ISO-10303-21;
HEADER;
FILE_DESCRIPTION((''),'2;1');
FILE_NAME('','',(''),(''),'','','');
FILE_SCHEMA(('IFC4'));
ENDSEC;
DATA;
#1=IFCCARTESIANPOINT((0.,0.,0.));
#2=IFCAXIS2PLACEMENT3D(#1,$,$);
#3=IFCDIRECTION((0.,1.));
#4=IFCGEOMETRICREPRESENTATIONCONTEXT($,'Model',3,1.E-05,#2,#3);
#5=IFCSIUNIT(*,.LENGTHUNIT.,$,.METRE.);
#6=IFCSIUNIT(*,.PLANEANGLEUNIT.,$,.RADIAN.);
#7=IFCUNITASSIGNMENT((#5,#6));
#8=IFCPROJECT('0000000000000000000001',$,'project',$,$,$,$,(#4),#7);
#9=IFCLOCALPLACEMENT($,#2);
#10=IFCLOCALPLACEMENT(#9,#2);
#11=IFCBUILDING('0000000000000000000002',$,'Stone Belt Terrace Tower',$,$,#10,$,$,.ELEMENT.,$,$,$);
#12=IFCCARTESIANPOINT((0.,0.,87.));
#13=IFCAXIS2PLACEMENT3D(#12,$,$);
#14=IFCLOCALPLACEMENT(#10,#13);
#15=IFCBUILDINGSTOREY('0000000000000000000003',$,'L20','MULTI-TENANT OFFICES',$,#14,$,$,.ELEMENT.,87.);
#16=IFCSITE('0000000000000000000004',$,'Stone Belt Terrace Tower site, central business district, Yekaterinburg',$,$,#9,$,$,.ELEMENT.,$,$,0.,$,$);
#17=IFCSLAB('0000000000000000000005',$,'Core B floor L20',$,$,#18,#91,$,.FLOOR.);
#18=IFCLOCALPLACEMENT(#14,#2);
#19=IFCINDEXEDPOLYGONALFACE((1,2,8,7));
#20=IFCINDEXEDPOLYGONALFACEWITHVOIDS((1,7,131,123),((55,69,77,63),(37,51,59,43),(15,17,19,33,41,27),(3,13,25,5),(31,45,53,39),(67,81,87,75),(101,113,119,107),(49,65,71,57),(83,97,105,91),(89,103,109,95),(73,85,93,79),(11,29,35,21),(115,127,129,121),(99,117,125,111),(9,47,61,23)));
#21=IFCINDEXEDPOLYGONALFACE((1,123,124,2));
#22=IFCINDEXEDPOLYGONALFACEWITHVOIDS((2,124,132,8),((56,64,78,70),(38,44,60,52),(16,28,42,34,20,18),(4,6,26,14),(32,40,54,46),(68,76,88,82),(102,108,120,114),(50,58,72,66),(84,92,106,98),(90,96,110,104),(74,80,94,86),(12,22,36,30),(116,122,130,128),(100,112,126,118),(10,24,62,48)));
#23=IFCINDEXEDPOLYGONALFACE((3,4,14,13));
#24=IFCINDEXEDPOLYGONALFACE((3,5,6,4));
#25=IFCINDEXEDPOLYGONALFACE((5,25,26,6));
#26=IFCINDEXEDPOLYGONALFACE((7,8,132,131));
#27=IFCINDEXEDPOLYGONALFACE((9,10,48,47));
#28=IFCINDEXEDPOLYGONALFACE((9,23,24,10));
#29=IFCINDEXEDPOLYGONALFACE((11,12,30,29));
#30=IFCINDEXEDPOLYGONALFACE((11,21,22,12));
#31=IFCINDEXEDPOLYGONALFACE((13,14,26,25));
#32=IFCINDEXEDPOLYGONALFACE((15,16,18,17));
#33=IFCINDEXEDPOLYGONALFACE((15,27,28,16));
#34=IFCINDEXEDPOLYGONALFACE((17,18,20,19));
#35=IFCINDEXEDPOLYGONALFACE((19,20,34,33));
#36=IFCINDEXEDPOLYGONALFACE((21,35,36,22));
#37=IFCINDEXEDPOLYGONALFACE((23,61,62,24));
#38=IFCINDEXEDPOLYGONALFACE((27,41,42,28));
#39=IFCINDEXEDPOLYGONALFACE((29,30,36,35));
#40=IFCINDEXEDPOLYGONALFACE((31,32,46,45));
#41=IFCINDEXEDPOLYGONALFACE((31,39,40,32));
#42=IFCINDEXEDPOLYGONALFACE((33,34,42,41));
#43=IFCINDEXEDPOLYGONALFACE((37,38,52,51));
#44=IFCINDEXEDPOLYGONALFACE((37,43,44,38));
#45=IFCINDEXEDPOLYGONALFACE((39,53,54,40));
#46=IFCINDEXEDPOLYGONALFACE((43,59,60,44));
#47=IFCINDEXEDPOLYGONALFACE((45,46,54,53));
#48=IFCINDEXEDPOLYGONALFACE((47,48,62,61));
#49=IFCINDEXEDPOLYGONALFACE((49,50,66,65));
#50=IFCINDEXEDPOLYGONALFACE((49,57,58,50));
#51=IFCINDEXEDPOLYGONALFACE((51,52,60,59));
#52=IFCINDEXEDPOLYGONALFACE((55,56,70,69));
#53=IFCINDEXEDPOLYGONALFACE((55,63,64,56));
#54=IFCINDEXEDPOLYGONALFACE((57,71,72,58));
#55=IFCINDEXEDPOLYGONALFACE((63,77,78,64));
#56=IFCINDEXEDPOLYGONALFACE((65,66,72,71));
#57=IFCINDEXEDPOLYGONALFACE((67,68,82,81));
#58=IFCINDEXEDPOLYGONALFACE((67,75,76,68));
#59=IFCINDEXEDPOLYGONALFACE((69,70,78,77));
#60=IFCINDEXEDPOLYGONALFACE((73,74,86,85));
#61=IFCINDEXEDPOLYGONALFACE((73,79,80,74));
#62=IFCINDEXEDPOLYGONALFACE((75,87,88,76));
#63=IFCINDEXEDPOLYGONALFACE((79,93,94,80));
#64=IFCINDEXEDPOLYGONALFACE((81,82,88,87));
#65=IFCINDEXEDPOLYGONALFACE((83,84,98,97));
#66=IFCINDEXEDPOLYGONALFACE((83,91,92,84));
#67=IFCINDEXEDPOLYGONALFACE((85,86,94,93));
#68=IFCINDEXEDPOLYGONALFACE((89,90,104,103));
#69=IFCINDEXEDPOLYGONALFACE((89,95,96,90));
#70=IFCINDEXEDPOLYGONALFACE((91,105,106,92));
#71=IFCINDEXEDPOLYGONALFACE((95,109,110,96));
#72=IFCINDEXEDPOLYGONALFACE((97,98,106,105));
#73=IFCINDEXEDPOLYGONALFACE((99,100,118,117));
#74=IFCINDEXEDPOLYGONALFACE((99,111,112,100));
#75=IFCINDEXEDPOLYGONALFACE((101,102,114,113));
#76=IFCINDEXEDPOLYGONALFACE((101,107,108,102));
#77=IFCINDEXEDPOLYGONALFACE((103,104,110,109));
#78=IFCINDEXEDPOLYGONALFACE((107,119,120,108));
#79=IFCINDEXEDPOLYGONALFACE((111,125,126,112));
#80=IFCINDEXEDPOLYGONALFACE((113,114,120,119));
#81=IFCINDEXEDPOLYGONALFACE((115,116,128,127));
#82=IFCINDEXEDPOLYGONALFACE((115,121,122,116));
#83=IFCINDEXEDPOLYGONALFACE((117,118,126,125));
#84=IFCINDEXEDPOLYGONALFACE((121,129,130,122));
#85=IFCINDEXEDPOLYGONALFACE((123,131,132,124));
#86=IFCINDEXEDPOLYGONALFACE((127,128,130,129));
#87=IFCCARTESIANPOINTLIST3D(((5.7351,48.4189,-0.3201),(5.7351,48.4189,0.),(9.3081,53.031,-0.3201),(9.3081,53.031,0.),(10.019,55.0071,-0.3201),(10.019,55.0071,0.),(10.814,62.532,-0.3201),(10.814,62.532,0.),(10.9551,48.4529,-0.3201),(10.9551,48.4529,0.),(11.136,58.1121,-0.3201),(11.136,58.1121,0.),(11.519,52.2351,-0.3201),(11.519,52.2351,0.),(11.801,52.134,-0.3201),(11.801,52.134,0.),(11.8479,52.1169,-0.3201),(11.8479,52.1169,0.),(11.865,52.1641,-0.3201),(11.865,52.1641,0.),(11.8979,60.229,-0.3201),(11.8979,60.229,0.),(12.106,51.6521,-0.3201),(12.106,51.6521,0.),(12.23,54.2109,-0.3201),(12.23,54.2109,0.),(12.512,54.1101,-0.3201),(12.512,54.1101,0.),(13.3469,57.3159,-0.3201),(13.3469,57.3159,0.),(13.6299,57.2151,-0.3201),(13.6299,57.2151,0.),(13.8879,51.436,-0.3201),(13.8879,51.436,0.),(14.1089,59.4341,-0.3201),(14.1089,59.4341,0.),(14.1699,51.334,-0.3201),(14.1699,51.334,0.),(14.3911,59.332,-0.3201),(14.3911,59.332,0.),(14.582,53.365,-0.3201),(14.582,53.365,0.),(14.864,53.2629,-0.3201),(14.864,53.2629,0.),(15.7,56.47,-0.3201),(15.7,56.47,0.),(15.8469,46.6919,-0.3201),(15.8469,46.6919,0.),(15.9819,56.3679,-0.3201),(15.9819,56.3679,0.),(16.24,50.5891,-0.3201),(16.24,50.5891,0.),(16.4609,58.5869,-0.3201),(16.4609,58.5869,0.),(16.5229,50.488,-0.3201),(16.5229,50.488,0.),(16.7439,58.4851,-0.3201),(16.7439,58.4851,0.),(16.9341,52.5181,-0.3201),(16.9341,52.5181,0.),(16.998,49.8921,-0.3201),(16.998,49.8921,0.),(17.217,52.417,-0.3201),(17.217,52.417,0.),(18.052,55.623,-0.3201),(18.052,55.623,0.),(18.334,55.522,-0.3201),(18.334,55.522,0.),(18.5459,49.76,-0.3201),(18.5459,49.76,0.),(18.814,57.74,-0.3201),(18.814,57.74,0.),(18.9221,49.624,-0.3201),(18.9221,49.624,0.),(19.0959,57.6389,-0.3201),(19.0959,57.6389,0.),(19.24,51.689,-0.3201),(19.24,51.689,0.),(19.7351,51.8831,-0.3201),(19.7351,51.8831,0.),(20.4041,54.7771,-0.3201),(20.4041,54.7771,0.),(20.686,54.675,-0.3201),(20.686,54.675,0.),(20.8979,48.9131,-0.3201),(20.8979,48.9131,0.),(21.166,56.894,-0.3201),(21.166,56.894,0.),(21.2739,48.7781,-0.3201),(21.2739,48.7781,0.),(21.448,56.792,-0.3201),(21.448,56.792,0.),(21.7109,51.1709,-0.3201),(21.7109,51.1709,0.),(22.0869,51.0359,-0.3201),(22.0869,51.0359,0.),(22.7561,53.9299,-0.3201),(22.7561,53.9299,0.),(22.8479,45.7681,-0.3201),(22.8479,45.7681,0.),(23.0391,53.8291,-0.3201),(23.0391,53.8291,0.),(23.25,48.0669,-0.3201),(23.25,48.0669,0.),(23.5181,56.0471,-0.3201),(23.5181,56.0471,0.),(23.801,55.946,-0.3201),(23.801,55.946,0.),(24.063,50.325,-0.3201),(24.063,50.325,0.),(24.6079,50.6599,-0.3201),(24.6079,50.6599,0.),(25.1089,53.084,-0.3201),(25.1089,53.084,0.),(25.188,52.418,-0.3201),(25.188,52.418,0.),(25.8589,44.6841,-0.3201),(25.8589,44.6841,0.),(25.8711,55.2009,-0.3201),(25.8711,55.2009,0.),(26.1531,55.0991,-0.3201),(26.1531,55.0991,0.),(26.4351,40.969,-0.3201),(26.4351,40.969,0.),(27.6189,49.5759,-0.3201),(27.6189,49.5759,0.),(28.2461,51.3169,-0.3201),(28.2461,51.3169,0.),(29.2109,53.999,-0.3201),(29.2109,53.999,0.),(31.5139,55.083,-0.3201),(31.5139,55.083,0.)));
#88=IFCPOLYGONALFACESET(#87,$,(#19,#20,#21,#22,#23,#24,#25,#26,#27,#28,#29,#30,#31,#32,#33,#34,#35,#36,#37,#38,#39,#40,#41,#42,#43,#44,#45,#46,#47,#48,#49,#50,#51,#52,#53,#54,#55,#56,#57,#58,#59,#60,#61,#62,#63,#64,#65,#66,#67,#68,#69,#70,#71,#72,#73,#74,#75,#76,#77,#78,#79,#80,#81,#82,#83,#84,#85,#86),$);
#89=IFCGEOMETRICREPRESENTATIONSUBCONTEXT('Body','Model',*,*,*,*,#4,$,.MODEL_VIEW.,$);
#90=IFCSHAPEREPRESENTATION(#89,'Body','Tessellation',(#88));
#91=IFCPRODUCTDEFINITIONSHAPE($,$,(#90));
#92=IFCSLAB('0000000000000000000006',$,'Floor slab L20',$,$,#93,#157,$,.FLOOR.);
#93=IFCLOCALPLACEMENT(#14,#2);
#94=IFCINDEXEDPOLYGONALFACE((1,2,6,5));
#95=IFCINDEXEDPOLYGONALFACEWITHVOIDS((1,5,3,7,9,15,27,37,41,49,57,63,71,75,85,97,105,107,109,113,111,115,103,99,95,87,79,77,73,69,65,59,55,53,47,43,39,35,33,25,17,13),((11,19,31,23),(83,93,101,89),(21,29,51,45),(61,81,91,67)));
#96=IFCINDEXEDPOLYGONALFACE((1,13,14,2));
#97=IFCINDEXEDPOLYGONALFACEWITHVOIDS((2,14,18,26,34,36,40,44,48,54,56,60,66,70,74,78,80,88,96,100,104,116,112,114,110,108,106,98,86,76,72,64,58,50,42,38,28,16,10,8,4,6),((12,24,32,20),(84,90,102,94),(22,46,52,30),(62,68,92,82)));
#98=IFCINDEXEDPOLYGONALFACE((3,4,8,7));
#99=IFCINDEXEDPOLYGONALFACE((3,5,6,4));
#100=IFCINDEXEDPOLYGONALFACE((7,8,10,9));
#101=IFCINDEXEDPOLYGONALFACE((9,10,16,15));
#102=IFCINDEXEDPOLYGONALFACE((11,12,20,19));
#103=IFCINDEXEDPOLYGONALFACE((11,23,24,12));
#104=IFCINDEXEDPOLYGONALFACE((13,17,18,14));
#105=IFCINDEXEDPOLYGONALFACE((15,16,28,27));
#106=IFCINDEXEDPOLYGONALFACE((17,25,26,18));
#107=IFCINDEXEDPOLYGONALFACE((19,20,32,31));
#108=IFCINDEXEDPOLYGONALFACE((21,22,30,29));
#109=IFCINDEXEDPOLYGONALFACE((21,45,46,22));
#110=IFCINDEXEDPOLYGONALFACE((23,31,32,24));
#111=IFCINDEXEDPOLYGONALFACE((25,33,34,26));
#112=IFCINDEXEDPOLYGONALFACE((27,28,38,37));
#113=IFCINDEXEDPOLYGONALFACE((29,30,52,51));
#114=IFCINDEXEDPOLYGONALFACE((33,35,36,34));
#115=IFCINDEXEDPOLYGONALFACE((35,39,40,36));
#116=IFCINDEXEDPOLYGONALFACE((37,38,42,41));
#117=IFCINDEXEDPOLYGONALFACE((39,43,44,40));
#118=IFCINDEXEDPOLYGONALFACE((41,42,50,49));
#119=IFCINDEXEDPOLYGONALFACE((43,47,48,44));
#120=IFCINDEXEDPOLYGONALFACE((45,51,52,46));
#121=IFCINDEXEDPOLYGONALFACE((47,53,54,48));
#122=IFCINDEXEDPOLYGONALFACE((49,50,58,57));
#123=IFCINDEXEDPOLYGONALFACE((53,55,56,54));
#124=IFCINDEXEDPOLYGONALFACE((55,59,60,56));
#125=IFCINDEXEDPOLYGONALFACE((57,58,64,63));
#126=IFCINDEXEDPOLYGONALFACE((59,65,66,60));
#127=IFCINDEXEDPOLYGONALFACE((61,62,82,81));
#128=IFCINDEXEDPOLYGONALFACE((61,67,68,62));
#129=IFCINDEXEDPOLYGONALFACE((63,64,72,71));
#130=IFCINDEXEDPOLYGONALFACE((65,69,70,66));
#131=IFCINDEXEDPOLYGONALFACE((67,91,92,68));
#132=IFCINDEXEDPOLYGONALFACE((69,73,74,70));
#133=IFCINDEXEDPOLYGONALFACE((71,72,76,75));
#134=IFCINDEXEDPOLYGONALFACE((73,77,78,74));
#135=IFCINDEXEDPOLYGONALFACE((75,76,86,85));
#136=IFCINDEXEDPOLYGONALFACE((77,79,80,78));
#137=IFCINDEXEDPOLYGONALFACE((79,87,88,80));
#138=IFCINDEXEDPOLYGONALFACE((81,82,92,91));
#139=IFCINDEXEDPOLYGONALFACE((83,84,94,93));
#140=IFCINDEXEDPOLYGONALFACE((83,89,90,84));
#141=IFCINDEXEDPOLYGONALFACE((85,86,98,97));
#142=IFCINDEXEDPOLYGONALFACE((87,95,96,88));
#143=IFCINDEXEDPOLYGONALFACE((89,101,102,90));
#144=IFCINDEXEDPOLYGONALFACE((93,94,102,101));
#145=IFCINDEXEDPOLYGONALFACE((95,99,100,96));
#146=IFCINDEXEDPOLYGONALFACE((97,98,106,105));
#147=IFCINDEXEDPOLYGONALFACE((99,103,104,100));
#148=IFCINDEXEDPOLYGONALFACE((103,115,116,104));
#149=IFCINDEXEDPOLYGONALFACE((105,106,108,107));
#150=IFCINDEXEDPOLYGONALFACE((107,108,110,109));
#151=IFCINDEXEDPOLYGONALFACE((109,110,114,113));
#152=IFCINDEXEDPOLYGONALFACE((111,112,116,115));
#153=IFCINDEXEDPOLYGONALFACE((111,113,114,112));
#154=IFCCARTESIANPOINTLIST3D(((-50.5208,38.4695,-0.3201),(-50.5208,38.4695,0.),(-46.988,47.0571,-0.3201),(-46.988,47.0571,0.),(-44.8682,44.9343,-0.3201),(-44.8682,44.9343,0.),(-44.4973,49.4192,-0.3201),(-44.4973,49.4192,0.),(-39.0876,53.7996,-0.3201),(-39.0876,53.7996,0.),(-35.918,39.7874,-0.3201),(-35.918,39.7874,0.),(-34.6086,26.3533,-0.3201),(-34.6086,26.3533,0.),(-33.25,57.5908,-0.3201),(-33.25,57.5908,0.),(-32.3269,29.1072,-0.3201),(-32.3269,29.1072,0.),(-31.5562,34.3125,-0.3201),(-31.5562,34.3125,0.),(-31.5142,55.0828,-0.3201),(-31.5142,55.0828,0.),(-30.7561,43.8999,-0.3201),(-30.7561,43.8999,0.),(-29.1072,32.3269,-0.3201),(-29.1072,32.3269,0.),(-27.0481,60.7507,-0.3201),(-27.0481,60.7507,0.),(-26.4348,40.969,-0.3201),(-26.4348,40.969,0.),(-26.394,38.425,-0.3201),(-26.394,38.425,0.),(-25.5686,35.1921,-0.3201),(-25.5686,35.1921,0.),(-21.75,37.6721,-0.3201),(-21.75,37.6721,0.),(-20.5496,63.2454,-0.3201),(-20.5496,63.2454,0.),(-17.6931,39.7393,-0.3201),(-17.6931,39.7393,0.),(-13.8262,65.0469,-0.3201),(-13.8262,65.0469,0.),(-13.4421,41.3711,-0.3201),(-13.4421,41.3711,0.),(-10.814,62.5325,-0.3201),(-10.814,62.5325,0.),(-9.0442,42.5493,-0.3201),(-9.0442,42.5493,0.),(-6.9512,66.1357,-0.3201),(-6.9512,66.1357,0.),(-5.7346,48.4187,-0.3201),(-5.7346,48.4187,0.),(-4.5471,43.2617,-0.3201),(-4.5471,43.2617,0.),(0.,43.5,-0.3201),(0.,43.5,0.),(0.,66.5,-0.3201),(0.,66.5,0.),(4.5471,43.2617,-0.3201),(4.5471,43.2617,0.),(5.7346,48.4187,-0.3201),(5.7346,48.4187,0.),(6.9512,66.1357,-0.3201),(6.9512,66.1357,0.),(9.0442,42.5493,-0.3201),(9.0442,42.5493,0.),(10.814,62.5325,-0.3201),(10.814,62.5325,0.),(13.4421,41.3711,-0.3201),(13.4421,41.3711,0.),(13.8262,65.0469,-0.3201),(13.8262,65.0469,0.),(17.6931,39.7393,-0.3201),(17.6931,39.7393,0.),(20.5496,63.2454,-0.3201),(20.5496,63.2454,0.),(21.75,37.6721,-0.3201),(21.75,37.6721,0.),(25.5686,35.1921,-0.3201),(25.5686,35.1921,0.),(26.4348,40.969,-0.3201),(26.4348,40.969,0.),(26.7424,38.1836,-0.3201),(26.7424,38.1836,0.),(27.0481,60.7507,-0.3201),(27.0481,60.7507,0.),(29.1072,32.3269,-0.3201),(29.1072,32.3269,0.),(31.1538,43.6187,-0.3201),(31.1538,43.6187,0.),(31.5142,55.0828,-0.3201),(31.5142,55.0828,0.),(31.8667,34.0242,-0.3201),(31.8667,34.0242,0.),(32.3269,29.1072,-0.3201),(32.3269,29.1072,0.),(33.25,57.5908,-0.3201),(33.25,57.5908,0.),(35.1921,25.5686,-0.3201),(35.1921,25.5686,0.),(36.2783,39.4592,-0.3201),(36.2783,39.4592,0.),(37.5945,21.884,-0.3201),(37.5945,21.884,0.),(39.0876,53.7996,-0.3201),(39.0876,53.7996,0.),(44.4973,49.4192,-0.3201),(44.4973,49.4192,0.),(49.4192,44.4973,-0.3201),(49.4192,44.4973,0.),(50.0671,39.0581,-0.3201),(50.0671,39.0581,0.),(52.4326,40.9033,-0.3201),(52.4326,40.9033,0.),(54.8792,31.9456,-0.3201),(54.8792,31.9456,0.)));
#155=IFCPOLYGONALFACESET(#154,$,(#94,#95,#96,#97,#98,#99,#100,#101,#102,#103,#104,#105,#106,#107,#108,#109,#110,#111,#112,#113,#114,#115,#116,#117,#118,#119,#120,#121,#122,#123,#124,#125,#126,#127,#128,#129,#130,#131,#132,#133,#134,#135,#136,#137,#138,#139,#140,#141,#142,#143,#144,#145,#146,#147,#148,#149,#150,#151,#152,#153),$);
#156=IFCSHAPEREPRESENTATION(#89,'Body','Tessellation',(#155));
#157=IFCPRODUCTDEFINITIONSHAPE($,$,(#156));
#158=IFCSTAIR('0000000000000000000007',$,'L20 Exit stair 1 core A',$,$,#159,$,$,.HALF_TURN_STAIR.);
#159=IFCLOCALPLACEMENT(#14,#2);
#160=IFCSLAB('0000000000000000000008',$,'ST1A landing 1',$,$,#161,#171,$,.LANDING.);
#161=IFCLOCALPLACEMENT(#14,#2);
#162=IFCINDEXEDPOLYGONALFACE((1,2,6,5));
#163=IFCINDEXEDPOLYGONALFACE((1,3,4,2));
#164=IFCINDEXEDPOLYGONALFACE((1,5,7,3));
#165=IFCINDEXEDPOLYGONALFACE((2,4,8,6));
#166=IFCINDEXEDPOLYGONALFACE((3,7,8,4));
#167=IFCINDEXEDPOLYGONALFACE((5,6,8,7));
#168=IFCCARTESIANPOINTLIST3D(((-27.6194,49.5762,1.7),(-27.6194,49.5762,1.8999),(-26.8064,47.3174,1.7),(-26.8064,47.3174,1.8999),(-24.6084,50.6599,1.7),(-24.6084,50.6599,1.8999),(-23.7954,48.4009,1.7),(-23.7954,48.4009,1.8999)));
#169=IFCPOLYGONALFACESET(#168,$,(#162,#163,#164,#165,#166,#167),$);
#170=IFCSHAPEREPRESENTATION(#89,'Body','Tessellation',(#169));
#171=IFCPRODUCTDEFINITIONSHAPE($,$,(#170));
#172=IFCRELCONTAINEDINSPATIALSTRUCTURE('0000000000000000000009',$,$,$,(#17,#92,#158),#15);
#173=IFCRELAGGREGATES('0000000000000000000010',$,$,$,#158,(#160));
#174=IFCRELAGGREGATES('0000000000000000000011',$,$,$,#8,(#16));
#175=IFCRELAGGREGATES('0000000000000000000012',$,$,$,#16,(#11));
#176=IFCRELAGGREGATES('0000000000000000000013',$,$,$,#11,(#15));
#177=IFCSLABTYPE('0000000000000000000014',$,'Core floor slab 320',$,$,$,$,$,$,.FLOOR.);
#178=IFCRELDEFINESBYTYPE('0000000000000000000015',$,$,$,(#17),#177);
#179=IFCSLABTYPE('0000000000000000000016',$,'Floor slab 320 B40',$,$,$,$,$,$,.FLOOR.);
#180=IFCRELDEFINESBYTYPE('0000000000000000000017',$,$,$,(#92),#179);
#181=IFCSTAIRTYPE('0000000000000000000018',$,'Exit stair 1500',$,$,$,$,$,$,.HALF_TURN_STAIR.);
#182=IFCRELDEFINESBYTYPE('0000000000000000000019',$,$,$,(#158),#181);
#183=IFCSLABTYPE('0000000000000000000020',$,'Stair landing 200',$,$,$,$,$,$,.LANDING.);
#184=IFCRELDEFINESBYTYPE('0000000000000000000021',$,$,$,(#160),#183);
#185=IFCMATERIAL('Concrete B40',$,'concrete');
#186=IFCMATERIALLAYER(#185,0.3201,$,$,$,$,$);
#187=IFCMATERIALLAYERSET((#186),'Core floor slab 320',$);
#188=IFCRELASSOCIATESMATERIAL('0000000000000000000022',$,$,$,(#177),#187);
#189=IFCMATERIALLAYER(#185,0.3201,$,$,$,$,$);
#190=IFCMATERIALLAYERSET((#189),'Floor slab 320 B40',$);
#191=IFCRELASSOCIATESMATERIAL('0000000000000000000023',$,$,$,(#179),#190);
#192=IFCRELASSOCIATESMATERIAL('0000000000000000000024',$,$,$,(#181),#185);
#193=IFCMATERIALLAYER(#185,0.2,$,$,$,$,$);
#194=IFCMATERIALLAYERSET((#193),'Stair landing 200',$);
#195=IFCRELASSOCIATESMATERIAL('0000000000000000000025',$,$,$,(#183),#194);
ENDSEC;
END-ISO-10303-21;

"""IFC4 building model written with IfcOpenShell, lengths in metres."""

from ifc_helpers import new_model, si_unit, direction, frame, origin, place, context, subcontext, project, spatial, polyline, outline, extrude, material, layer, layer_set, type_object, element, aggregate, save


model = new_model("IFC4")

# Units and contexts
model_context = context("Model", 3, precision=1e-05, world=origin(), true_north=direction((0.0, 1.0)))
body_context = subcontext(model_context, "Body", "Model", "MODEL_VIEW")
ifc_project = project(units=[si_unit("LENGTHUNIT", "METRE"), si_unit("PLANEANGLEUNIT", "RADIAN")], contexts=[model_context])

# Site, building, storey
site_placement = place(None, origin())
site = spatial("IfcSite", under=ifc_project, at=site_placement, Name="Stone Belt Terrace Tower site, central business district, Yekaterinburg", CompositionType="ELEMENT", RefElevation=0.0)
building_placement = place(site_placement, origin())
building = spatial("IfcBuilding", under=site, at=building_placement, Name="Stone Belt Terrace Tower", CompositionType="ELEMENT")
storey_placement = place(building_placement, frame((0.0, 0.0, 87.0)))
storey = spatial("IfcBuildingStorey", under=building, at=storey_placement, Name="L20", Description="MULTI-TENANT OFFICES", CompositionType="ELEMENT", Elevation=87.0)

# Slabs
ifc_material_1 = material(Name="Concrete B40", Category="concrete")
ifc_layer_1 = layer(ifc_material_1, 0.3201)
ifc_layer_set_1 = layer_set([ifc_layer_1], Name="Core floor slab 320")
slab_type_1 = type_object("IfcSlabType", Name="Core floor slab 320", PredefinedType="FLOOR", material=ifc_layer_set_1)
slab_1_placement = place(storey_placement, frame((0.0, 0.0, -0.3201)))
element("IfcSlab", 1, at=slab_1_placement, inside=storey, type_object=slab_type_1, Name="Core B floor L20", PredefinedType="FLOOR", context=body_context, shape_type="SweptSolid", body=[
    extrude(outline(polyline([(26.4351, 40.969), (31.5139, 55.083), (10.814, 62.532), (5.7351, 48.4189), (26.4351, 40.969)]), holes=[polyline([(12.106, 51.6521), (16.998, 49.8921), (15.8469, 46.6919), (10.9551, 48.4529), (12.106, 51.6521)]), polyline([(19.24, 51.689), (18.5459, 49.76), (16.5229, 50.488), (17.217, 52.417), (19.24, 51.689)]), polyline([(16.24, 50.5891), (14.1699, 51.334), (14.864, 53.2629), (16.9341, 52.5181), (16.24, 50.5891)]), polyline([(14.582, 53.365), (13.8879, 51.436), (11.865, 52.1641), (11.8479, 52.1169), (11.801, 52.134), (12.512, 54.1101), (14.582, 53.365)]), polyline([(9.3081, 53.031), (10.019, 55.0071), (12.23, 54.2109), (11.519, 52.2351), (9.3081, 53.031)]), polyline([(16.7439, 58.4851), (18.814, 57.74), (18.052, 55.623), (15.9819, 56.3679), (16.7439, 58.4851)]), polyline([(14.3911, 59.332), (16.4609, 58.5869), (15.7, 56.47), (13.6299, 57.2151), (14.3911, 59.332)]), polyline([(11.8979, 60.229), (14.1089, 59.4341), (13.3469, 57.3159), (11.136, 58.1121), (11.8979, 60.229)]), polyline([(25.8589, 44.6841), (22.8479, 45.7681), (24.6079, 50.6599), (27.6189, 49.5759), (25.8589, 44.6841)]), polyline([(21.2739, 48.7781), (22.0869, 51.0359), (24.063, 50.325), (23.25, 48.0669), (21.2739, 48.7781)]), polyline([(18.9221, 49.624), (19.7351, 51.8831), (21.7109, 51.1709), (20.8979, 48.9131), (18.9221, 49.624)]), polyline([(29.2109, 53.999), (28.2461, 51.3169), (25.188, 52.418), (26.1531, 55.0991), (29.2109, 53.999)]), polyline([(23.801, 55.946), (25.8711, 55.2009), (25.1089, 53.084), (23.0391, 53.8291), (23.801, 55.946)]), polyline([(21.448, 56.792), (23.5181, 56.0471), (22.7561, 53.9299), (20.686, 54.675), (21.448, 56.792)]), polyline([(19.0959, 57.6389), (21.166, 56.894), (20.4041, 54.7771), (18.334, 55.522), (19.0959, 57.6389)])]), origin(), (0.0, 0.0, 1.0), 0.3201),
])
ifc_layer_2 = layer(ifc_material_1, 0.3201)
ifc_layer_set_2 = layer_set([ifc_layer_2], Name="Floor slab 320 B40")
slab_type_2 = type_object("IfcSlabType", Name="Floor slab 320 B40", PredefinedType="FLOOR", material=ifc_layer_set_2)
slab_2_placement = place(storey_placement, frame((0.0, 0.0, -0.3201)))
element("IfcSlab", 2, at=slab_2_placement, inside=storey, type_object=slab_type_2, Name="Floor slab L20", PredefinedType="FLOOR", context=body_context, shape_type="SweptSolid", body=[
    extrude(outline(polyline([(-44.4973, 49.4192), (-39.0876, 53.7996), (-33.25, 57.5908), (-27.0481, 60.7507), (-20.5496, 63.2454), (-13.8262, 65.0469), (-6.9512, 66.1357), (0.0, 66.5), (6.9512, 66.1357), (13.8262, 65.0469), (20.5496, 63.2454), (27.0481, 60.7507), (33.25, 57.5908), (39.0876, 53.7996), (44.4973, 49.4192), (49.4192, 44.4973), (52.4326, 40.9033), (50.0671, 39.0581), (54.8792, 31.9456), (37.5945, 21.884), (35.1921, 25.5686), (32.3269, 29.1072), (29.1072, 32.3269), (25.5686, 35.1921), (21.75, 37.6721), (17.6931, 39.7393), (13.4421, 41.3711), (9.0442, 42.5493), (4.5471, 43.2617), (0.0, 43.5), (-4.5471, 43.2617), (-9.0442, 42.5493), (-13.4421, 41.3711), (-17.6931, 39.7393), (-21.75, 37.6721), (-25.5686, 35.1921), (-29.1072, 32.3269), (-32.3269, 29.1072), (-34.6086, 26.3533), (-50.5208, 38.4695), (-44.8682, 44.9343), (-46.988, 47.0571), (-44.4973, 49.4192)]), holes=[polyline([(-26.4348, 40.969), (-5.7346, 48.4187), (-10.814, 62.5325), (-31.5142, 55.0828), (-26.4348, 40.969)]), polyline([(10.814, 62.5325), (5.7346, 48.4187), (26.4348, 40.969), (31.5142, 55.0828), (10.814, 62.5325)]), polyline([(-35.918, 39.7874), (-31.5562, 34.3125), (-26.394, 38.425), (-30.7561, 43.8999), (-35.918, 39.7874)]), polyline([(36.2783, 39.4592), (31.1538, 43.6187), (26.7424, 38.1836), (31.8667, 34.0242), (36.2783, 39.4592)])]), origin(), (0.0, 0.0, 1.0), 0.3201),
])

# Stair, slab
stair_type = type_object("IfcStairType", Name="Exit stair 1500", PredefinedType="HALF_TURN_STAIR", material=ifc_material_1)
stair_1_placement = place(storey_placement, origin())
stair_1 = element("IfcStair", 3, at=stair_1_placement, inside=storey, type_object=stair_type, Name="L20 Exit stair 1 core A", PredefinedType="HALF_TURN_STAIR")
ifc_layer_3 = layer(ifc_material_1, 0.2)
ifc_layer_set_3 = layer_set([ifc_layer_3], Name="Stair landing 200")
slab_type_3 = type_object("IfcSlabType", Name="Stair landing 200", PredefinedType="LANDING", material=ifc_layer_set_3)
slab_3_placement = place(storey_placement, frame((0.0, 0.0, 1.7)))
slab_3 = element("IfcSlab", 4, at=slab_3_placement, type_object=slab_type_3, Name="ST1A landing 1", PredefinedType="LANDING", context=body_context, shape_type="SweptSolid", body=[
    extrude(outline(polyline([(-23.7954, 48.4009), (-24.6084, 50.6599), (-27.6194, 49.5762), (-26.8064, 47.3174), (-23.7954, 48.4009)])), origin(), (0.0, 0.0, 1.0), 0.2),
])
aggregate(stair_1, [slab_3])

save(model, "model.ifc")
